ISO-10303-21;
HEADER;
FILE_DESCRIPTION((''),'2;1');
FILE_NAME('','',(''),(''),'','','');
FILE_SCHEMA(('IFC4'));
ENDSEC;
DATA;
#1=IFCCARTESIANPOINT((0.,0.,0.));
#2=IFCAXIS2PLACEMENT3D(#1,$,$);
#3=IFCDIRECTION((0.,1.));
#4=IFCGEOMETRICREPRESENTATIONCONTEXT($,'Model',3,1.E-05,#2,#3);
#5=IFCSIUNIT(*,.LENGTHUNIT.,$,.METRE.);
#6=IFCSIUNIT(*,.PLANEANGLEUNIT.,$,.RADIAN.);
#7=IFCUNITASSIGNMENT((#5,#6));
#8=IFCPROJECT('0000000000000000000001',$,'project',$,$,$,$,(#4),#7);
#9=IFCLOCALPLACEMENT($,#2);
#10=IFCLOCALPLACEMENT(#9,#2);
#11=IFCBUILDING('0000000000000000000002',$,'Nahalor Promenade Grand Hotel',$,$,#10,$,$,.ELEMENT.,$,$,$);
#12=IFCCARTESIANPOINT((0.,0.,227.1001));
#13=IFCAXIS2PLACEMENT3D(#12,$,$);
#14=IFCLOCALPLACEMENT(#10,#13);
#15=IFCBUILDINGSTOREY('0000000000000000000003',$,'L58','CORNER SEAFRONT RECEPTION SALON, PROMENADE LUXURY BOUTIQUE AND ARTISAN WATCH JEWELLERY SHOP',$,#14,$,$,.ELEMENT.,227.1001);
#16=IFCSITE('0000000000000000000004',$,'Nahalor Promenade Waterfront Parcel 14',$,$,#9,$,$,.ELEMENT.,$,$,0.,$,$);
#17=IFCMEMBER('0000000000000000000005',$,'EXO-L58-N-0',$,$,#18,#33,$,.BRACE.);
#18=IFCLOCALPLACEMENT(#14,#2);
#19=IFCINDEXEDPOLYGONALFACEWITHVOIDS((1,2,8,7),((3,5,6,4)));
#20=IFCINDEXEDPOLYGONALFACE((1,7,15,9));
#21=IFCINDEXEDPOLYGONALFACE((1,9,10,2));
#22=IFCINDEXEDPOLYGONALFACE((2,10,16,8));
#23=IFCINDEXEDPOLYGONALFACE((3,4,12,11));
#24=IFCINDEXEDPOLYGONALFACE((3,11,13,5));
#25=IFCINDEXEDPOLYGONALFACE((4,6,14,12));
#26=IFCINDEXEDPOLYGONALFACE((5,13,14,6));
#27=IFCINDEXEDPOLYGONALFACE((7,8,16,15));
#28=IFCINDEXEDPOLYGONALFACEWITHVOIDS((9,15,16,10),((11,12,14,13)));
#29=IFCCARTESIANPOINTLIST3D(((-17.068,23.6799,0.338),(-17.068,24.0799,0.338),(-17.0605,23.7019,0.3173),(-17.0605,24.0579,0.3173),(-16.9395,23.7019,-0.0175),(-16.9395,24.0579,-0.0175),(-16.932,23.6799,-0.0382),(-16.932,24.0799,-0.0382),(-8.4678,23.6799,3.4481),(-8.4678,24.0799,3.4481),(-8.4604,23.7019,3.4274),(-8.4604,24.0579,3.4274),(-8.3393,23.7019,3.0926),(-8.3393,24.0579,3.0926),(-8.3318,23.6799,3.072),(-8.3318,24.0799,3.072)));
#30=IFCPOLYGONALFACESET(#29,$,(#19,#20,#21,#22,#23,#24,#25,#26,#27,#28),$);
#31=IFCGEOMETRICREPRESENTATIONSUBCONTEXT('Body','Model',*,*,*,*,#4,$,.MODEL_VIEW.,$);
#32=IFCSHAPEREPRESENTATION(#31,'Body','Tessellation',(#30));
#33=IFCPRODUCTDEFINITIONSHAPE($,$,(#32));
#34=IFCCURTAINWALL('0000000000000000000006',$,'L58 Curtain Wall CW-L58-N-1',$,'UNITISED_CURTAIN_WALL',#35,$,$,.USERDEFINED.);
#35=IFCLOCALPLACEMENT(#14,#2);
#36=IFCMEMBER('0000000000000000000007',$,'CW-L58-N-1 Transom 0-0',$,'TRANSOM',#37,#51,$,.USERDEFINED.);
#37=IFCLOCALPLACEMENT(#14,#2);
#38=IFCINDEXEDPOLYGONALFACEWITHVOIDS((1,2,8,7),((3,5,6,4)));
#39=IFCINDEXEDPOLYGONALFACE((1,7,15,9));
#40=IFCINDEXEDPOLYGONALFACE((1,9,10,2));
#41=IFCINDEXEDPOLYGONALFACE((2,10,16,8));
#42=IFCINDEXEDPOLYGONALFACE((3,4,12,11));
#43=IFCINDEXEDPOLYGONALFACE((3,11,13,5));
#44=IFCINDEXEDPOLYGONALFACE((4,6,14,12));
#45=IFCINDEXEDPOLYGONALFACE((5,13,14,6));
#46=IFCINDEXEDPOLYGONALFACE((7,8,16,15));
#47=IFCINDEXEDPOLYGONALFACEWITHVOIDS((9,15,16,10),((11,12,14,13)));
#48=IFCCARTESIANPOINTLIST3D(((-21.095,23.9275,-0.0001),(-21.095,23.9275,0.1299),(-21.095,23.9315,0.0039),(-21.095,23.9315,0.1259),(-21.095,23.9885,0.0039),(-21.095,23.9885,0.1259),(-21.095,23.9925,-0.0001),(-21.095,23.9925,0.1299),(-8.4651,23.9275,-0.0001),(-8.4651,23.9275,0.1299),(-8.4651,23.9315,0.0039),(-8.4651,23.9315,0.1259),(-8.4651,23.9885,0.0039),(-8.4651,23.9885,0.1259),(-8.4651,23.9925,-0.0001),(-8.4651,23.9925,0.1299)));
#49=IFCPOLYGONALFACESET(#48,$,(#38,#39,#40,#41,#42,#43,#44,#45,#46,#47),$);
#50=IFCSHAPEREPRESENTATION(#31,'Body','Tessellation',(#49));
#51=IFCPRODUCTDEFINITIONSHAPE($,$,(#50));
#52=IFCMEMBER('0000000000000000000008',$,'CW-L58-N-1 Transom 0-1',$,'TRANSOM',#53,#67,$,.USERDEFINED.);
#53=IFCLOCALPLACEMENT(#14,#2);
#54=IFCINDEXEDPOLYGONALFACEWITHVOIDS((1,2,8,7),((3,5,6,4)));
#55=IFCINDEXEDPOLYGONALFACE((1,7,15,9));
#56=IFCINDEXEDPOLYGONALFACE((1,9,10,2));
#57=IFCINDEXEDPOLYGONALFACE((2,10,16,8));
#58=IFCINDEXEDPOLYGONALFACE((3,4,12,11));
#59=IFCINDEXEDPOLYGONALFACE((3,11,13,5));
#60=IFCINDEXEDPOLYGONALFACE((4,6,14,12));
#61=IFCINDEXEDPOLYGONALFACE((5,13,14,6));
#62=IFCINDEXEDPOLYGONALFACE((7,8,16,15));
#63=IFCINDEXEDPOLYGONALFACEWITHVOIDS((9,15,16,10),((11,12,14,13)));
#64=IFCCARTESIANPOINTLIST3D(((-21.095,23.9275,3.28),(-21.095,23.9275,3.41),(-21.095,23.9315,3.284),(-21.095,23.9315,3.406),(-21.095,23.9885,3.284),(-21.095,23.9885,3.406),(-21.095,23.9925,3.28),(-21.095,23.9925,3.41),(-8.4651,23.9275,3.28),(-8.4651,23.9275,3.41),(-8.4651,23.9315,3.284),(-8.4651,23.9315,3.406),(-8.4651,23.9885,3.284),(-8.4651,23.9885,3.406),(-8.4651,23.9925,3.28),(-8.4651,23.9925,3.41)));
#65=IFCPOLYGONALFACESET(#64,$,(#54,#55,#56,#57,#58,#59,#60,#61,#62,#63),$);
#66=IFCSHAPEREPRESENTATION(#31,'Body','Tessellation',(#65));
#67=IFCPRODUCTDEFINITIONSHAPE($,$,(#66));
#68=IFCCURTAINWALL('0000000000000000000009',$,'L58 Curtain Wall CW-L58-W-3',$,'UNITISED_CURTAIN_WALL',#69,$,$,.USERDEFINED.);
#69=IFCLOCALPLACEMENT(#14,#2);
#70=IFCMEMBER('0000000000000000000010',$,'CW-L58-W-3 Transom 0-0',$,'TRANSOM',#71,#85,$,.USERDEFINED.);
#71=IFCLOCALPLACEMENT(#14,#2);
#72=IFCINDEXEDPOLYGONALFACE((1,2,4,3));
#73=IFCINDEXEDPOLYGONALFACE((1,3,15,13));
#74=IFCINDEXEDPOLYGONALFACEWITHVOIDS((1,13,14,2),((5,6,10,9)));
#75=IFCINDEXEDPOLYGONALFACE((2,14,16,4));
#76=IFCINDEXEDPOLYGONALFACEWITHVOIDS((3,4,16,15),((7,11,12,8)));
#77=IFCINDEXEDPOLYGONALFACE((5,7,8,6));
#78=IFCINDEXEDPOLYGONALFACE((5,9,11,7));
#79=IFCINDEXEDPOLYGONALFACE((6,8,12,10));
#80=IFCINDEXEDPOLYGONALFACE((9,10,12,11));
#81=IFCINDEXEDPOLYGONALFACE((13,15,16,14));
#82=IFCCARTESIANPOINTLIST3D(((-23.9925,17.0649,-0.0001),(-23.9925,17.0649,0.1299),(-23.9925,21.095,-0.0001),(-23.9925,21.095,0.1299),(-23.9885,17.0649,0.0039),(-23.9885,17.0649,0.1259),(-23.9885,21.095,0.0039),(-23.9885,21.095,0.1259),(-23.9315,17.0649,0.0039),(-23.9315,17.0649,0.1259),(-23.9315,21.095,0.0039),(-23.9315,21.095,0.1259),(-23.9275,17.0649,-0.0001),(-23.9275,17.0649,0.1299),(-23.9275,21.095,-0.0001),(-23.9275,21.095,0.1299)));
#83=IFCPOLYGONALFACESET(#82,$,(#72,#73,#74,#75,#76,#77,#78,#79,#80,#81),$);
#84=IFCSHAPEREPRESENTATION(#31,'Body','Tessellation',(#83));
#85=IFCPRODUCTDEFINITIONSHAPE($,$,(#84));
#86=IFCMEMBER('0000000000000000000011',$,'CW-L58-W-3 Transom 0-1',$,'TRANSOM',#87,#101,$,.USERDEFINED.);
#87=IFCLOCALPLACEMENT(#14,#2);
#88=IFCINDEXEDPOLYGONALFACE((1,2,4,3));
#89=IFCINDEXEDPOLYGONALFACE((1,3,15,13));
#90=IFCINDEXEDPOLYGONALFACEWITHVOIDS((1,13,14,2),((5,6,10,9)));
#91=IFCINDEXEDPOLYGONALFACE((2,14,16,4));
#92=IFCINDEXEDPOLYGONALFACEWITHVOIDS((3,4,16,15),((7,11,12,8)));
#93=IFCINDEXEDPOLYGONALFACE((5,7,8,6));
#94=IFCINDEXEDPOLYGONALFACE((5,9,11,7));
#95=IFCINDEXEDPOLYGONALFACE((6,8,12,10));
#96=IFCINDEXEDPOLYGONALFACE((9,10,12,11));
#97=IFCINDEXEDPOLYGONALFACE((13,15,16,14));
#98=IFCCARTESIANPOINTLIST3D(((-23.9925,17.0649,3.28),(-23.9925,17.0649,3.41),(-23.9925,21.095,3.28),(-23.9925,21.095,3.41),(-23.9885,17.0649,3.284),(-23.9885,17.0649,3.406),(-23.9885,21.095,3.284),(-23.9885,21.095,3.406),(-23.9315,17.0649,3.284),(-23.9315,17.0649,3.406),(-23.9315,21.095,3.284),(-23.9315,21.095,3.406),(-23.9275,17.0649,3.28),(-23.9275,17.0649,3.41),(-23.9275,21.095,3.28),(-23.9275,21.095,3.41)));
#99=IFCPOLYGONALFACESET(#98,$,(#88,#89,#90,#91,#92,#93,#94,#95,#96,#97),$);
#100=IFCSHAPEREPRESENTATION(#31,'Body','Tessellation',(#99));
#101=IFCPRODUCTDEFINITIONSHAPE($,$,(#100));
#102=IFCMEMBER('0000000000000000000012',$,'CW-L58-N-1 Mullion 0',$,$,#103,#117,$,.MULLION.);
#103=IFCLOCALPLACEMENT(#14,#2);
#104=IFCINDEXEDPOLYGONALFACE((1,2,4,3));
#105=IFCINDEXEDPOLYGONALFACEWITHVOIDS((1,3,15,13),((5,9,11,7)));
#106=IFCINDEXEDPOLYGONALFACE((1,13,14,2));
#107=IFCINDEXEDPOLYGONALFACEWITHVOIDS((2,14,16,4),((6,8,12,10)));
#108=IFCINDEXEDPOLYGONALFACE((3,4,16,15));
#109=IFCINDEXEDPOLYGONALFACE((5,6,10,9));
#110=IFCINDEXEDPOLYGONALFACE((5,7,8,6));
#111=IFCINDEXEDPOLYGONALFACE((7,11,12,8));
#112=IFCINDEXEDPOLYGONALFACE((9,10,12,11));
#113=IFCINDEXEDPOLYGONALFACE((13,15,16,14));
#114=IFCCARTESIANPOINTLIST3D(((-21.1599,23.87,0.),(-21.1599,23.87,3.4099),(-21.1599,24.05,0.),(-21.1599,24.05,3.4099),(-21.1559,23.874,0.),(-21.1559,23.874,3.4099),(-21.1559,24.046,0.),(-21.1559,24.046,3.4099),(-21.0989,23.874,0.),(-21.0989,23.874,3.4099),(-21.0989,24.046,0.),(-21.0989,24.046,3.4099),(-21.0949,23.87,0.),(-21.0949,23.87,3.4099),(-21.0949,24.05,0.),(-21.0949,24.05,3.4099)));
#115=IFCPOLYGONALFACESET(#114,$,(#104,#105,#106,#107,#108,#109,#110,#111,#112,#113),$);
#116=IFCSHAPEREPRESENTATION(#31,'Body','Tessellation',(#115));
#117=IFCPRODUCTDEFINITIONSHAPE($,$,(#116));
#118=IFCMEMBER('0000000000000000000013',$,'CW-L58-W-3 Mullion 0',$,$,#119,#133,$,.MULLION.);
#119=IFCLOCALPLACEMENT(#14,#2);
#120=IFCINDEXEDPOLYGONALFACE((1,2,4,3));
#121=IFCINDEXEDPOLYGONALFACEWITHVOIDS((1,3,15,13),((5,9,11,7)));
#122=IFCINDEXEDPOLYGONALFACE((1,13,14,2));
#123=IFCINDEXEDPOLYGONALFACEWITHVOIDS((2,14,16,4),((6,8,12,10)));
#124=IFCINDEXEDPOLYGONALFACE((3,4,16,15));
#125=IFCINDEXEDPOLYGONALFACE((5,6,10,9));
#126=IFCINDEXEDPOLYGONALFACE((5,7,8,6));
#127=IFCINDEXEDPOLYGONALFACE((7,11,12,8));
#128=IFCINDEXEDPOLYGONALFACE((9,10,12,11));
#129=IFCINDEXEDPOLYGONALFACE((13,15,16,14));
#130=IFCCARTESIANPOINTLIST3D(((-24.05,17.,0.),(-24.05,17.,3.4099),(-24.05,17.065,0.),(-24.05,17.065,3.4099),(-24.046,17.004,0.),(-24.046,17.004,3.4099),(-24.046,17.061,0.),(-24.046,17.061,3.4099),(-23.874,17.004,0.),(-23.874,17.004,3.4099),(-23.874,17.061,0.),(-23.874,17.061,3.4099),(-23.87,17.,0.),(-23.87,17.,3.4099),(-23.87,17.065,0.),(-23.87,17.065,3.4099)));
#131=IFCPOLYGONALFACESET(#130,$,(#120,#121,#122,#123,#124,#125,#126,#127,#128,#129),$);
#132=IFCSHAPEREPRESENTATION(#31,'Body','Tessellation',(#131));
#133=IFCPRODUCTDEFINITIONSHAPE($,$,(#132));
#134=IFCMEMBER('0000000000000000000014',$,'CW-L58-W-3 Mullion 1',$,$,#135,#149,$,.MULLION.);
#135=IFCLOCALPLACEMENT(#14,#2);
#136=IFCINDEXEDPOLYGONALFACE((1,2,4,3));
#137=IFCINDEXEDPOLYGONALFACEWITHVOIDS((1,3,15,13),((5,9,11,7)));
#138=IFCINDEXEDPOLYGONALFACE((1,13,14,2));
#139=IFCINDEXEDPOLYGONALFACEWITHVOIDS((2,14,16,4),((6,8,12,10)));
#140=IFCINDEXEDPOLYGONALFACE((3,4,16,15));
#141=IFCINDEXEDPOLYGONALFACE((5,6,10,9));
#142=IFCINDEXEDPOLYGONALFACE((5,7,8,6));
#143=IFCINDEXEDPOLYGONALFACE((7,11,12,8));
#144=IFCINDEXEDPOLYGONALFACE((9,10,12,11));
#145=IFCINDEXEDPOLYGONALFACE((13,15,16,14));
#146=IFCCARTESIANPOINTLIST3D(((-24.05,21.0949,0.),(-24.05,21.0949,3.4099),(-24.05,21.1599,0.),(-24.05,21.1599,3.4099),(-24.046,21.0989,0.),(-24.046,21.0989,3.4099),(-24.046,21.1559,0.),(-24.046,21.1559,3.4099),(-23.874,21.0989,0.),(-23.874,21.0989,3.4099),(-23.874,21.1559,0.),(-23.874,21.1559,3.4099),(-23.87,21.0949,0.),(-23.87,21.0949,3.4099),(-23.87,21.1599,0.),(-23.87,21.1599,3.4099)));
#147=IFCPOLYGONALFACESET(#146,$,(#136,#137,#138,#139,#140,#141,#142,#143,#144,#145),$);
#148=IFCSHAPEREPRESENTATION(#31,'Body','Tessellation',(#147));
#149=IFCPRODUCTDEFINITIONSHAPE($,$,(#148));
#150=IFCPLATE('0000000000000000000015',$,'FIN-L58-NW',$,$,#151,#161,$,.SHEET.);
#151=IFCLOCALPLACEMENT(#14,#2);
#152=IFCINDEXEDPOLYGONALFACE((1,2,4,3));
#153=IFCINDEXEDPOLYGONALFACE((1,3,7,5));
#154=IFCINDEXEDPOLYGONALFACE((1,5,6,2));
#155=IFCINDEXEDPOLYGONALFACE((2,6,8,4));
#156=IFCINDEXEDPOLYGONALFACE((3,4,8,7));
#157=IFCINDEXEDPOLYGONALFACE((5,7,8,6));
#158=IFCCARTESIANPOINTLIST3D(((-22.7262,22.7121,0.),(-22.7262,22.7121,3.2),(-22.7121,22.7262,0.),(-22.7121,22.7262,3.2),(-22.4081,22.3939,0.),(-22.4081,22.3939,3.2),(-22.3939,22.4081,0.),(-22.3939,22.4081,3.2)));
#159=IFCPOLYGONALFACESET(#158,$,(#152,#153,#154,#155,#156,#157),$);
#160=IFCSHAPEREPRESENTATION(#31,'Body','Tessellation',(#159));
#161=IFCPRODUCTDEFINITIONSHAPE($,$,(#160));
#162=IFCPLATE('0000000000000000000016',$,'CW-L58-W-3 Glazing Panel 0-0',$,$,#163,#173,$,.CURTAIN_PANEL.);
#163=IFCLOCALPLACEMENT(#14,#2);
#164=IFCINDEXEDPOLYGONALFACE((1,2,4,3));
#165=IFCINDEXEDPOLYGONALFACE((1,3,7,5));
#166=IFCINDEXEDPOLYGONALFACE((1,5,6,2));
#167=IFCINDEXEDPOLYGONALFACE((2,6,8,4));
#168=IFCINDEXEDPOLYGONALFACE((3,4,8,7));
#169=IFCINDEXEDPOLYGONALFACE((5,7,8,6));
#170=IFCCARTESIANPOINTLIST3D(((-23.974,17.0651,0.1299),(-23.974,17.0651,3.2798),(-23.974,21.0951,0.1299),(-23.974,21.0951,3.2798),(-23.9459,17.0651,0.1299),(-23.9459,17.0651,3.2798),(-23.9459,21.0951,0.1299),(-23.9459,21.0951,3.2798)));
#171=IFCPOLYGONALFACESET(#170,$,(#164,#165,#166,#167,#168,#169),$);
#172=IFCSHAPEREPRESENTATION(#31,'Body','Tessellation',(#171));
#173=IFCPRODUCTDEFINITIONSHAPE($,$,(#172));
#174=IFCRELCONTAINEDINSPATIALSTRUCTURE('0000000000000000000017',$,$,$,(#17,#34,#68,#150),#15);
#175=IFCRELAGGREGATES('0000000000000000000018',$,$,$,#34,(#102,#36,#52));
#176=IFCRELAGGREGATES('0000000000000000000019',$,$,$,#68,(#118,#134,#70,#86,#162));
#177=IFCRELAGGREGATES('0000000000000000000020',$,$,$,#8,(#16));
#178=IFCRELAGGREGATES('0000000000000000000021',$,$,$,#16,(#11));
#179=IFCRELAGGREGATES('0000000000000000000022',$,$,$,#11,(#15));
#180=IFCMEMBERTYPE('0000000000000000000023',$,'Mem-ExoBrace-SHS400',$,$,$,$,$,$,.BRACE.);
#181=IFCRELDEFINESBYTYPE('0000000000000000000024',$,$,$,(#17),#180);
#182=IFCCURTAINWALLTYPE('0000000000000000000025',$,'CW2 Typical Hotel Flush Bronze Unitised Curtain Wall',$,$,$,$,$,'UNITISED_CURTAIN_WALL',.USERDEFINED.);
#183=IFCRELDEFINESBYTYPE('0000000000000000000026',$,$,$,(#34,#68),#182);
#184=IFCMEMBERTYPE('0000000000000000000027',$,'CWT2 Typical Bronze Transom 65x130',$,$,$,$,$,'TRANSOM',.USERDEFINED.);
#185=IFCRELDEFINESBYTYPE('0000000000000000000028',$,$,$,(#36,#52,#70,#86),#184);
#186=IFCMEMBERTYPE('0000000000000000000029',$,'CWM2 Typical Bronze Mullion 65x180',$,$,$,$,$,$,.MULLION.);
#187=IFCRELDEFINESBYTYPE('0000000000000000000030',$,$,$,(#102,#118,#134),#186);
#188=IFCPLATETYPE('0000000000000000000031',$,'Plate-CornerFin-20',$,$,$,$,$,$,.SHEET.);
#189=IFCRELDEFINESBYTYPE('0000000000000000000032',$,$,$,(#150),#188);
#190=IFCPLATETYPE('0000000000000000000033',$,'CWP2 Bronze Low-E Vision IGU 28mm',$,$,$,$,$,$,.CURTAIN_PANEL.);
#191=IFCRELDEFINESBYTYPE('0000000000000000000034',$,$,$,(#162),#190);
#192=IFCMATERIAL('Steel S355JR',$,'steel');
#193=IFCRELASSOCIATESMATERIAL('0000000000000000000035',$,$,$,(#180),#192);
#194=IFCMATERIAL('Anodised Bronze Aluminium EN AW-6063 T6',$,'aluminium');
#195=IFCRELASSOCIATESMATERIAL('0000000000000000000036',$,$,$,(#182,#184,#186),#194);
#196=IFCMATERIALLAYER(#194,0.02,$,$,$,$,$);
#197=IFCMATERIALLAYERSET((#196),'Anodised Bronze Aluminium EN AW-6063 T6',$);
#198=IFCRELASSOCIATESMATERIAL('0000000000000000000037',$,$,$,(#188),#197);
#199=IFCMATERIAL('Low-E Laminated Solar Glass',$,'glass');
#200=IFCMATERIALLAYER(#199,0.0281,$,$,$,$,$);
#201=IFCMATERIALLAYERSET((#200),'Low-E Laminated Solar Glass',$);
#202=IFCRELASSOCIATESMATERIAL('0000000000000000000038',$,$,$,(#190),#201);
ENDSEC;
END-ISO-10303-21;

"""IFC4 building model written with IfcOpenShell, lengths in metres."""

from ifc_helpers import new_model, si_unit, direction, frame, origin, origin_2d, place, context, subcontext, project, spatial, rectangle, hollow_rectangle, extrude, source, transform, mapped, material, layer, layer_set, material_profile, profile_set, type_object, element, aggregate, save


model = new_model("IFC4")

# Units and contexts
model_context = context("Model", 3, precision=1e-05, world=origin(), true_north=direction((0.0, 1.0)))
body_context = subcontext(model_context, "Body", "Model", "MODEL_VIEW")
ifc_project = project(units=[si_unit("LENGTHUNIT", "METRE"), si_unit("PLANEANGLEUNIT", "RADIAN")], contexts=[model_context])

# Site, building, storey
site_placement = place(None, origin())
site = spatial("IfcSite", under=ifc_project, at=site_placement, Name="Nahalor Promenade Waterfront Parcel 14", CompositionType="ELEMENT", RefElevation=0.0)
building_placement = place(site_placement, origin())
building = spatial("IfcBuilding", under=site, at=building_placement, Name="Nahalor Promenade Grand Hotel", CompositionType="ELEMENT")
storey_placement = place(building_placement, frame((0.0, 0.0, 227.1001)))
storey = spatial("IfcBuildingStorey", under=building, at=storey_placement, Name="L58", Description="CORNER SEAFRONT RECEPTION SALON, PROMENADE LUXURY BOUTIQUE AND ARTISAN WATCH JEWELLERY SHOP", CompositionType="ELEMENT", Elevation=227.1001)

# Shared definitions
ifc_material_1 = material(Name="Steel S355JR", Category="steel")

# Member
ifc_material_profile_1 = material_profile(ifc_material_1, hollow_rectangle(XDim=0.4, YDim=0.4, WallThickness=0.022, at=origin_2d()), Name="SHS 400x400x22")
ifc_profile_set_1 = profile_set([ifc_material_profile_1], Name="Steel S355JR")
member_type_1 = type_object("IfcMemberType", Name="Mem-ExoBrace-SHS400", PredefinedType="BRACE", material=ifc_profile_set_1)
shared_shape_1 = source(origin(), body_context, "Body", "SweptSolid", [
    extrude(hollow_rectangle(XDim=0.4, YDim=0.4, WallThickness=0.022, at=origin_2d()), origin(), (0.0, 0.0, 1.0), 9.1453),
])
member_1_placement = place(storey_placement, frame((-17.0, 23.8799, 0.1499), z_axis=(0.940396, 0.0, 0.340081), x_axis=(0.0, 1.0, 0.0)))
element("IfcMember", 1, at=member_1_placement, inside=storey, type_object=member_type_1, Name="EXO-L58-N-0", PredefinedType="BRACE", context=body_context, shape_type="MappedRepresentation", body=[
    mapped(shared_shape_1, transform((0.0, 0.0, 0.0), scale=1.0)),
])

# Curtain walls, members
ifc_material_2 = material(Name="Anodised Bronze Aluminium EN AW-6063 T6", Category="aluminium")
curtain_wall_type = type_object("IfcCurtainWallType", Name="CW2 Typical Hotel Flush Bronze Unitised Curtain Wall", ElementType="UNITISED_CURTAIN_WALL", PredefinedType="USERDEFINED", material=ifc_material_2)
curtain_wall_1_placement = place(storey_placement, origin())
curtain_wall_1 = element("IfcCurtainWall", 2, at=curtain_wall_1_placement, inside=storey, type_object=curtain_wall_type, Name="L58 Curtain Wall CW-L58-N-1", ObjectType="UNITISED_CURTAIN_WALL", PredefinedType="USERDEFINED")
ifc_material_profile_2 = material_profile(ifc_material_2, hollow_rectangle(XDim=0.065, YDim=0.13, WallThickness=0.004, at=origin_2d()), Name="CWT 65x130x4")
ifc_profile_set_2 = profile_set([ifc_material_profile_2], Name="Anodised Bronze Aluminium EN AW-6063 T6")
member_type_2 = type_object("IfcMemberType", Name="CWT2 Typical Bronze Transom 65x130", ElementType="TRANSOM", PredefinedType="USERDEFINED", material=ifc_profile_set_2)
shared_shape_2 = source(origin(), body_context, "Body", "SweptSolid", [
    extrude(hollow_rectangle(XDim=0.065, YDim=0.13, WallThickness=0.004, at=origin_2d()), origin(), (0.0, 0.0, 1.0), 12.6299),
])
member_2_placement = place(storey_placement, frame((-21.095, 23.96, 0.0649), z_axis=(1.0, 0.0, 0.0), x_axis=(0.0, 1.0, 0.0)))
member_2 = element("IfcMember", 3, at=member_2_placement, type_object=member_type_2, Name="CW-L58-N-1 Transom 0-0", ObjectType="TRANSOM", PredefinedType="USERDEFINED", context=body_context, shape_type="MappedRepresentation", body=[
    mapped(shared_shape_2, transform((0.0, 0.0, 0.0), scale=1.0)),
])
member_3_placement = place(storey_placement, frame((-21.095, 23.96, 3.345), z_axis=(1.0, 0.0, 0.0), x_axis=(0.0, 1.0, 0.0)))
member_3 = element("IfcMember", 4, at=member_3_placement, type_object=member_type_2, Name="CW-L58-N-1 Transom 0-1", ObjectType="TRANSOM", PredefinedType="USERDEFINED", context=body_context, shape_type="MappedRepresentation", body=[
    mapped(shared_shape_2, transform((0.0, 0.0, 0.0), scale=1.0)),
])
curtain_wall_2_placement = place(storey_placement, origin())
curtain_wall_2 = element("IfcCurtainWall", 5, at=curtain_wall_2_placement, inside=storey, type_object=curtain_wall_type, Name="L58 Curtain Wall CW-L58-W-3", ObjectType="UNITISED_CURTAIN_WALL", PredefinedType="USERDEFINED")
shared_shape_3 = source(origin(), body_context, "Body", "SweptSolid", [
    extrude(hollow_rectangle(XDim=0.065, YDim=0.13, WallThickness=0.004, at=origin_2d()), origin(), (0.0, 0.0, 1.0), 4.03),
])
member_4_placement = place(storey_placement, frame((-23.96, 17.0649, 0.0649), z_axis=(0.0, 1.0, 0.0), x_axis=(-1.0, 0.0, 0.0)))
member_4 = element("IfcMember", 6, at=member_4_placement, type_object=member_type_2, Name="CW-L58-W-3 Transom 0-0", ObjectType="TRANSOM", PredefinedType="USERDEFINED", context=body_context, shape_type="MappedRepresentation", body=[
    mapped(shared_shape_3, transform((0.0, 0.0, 0.0), scale=1.0)),
])
member_5_placement = place(storey_placement, frame((-23.96, 17.0649, 3.345), z_axis=(0.0, 1.0, 0.0), x_axis=(-1.0, 0.0, 0.0)))
member_5 = element("IfcMember", 7, at=member_5_placement, type_object=member_type_2, Name="CW-L58-W-3 Transom 0-1", ObjectType="TRANSOM", PredefinedType="USERDEFINED", context=body_context, shape_type="MappedRepresentation", body=[
    mapped(shared_shape_3, transform((0.0, 0.0, 0.0), scale=1.0)),
])

# Members
ifc_material_profile_3 = material_profile(ifc_material_2, hollow_rectangle(XDim=0.065, YDim=0.18, WallThickness=0.004, at=origin_2d()), Name="CWM 65x180x4")
ifc_profile_set_3 = profile_set([ifc_material_profile_3], Name="Anodised Bronze Aluminium EN AW-6063 T6")
member_type_3 = type_object("IfcMemberType", Name="CWM2 Typical Bronze Mullion 65x180", PredefinedType="MULLION", material=ifc_profile_set_3)
shared_shape_4 = source(origin(), body_context, "Body", "SweptSolid", [
    extrude(hollow_rectangle(XDim=0.065, YDim=0.18, WallThickness=0.004, at=origin_2d()), origin(), (0.0, 0.0, 1.0), 3.4099),
])
member_6_placement = place(storey_placement, frame((-21.1274, 23.96, 0.0), z_axis=(0.0, 0.0, 1.0), x_axis=(1.0, 0.0, 0.0)))
member_6 = element("IfcMember", 8, at=member_6_placement, type_object=member_type_3, Name="CW-L58-N-1 Mullion 0", PredefinedType="MULLION", context=body_context, shape_type="MappedRepresentation", body=[
    mapped(shared_shape_4, transform((0.0, 0.0, 0.0), scale=1.0)),
])
aggregate(curtain_wall_1, [member_6, member_2, member_3])
member_7_placement = place(storey_placement, frame((-23.96, 17.0325, 0.0), z_axis=(0.0, 0.0, 1.0), x_axis=(0.0, 1.0, 0.0)))
member_7 = element("IfcMember", 9, at=member_7_placement, type_object=member_type_3, Name="CW-L58-W-3 Mullion 0", PredefinedType="MULLION", context=body_context, shape_type="MappedRepresentation", body=[
    mapped(shared_shape_4, transform((0.0, 0.0, 0.0), scale=1.0)),
])
member_8_placement = place(storey_placement, frame((-23.96, 21.1274, 0.0), z_axis=(0.0, 0.0, 1.0), x_axis=(0.0, 1.0, 0.0)))
member_8 = element("IfcMember", 10, at=member_8_placement, type_object=member_type_3, Name="CW-L58-W-3 Mullion 1", PredefinedType="MULLION", context=body_context, shape_type="MappedRepresentation", body=[
    mapped(shared_shape_4, transform((0.0, 0.0, 0.0), scale=1.0)),
])

# Plates
ifc_layer_1 = layer(ifc_material_2, 0.02)
ifc_layer_set_1 = layer_set([ifc_layer_1], Name="Anodised Bronze Aluminium EN AW-6063 T6")
plate_type_1 = type_object("IfcPlateType", Name="Plate-CornerFin-20", PredefinedType="SHEET", material=ifc_layer_set_1)
shared_shape_5 = source(origin(), body_context, "Body", "SweptSolid", [
    extrude(rectangle(XDim=0.45, YDim=0.02, at=origin_2d()), origin(), (0.0, 0.0, 1.0), 3.2),
])
plate_1_placement = place(storey_placement, frame((-22.5601, 22.5601, 0.0), z_axis=(0.0, 0.0, 1.0), x_axis=(-0.707107, 0.707107, 0.0)))
element("IfcPlate", 11, at=plate_1_placement, inside=storey, type_object=plate_type_1, Name="FIN-L58-NW", PredefinedType="SHEET", context=body_context, shape_type="MappedRepresentation", body=[
    mapped(shared_shape_5, transform((0.0, 0.0, 0.0), scale=1.0)),
])
ifc_material_3 = material(Name="Low-E Laminated Solar Glass", Category="glass")
ifc_layer_2 = layer(ifc_material_3, 0.0281)
ifc_layer_set_2 = layer_set([ifc_layer_2], Name="Low-E Laminated Solar Glass")
plate_type_2 = type_object("IfcPlateType", Name="CWP2 Bronze Low-E Vision IGU 28mm", PredefinedType="CURTAIN_PANEL", material=ifc_layer_set_2)
shared_shape_6 = source(origin(), body_context, "Body", "SweptSolid", [
    extrude(rectangle(XDim=4.03, YDim=0.0281, at=origin_2d()), origin(), (0.0, 0.0, 1.0), 3.1499),
])
plate_2_placement = place(storey_placement, frame((-23.96, 19.0801, 0.1299), z_axis=(0.0, 0.0, 1.0), x_axis=(0.0, 1.0, 0.0)))
plate_2 = element("IfcPlate", 12, at=plate_2_placement, type_object=plate_type_2, Name="CW-L58-W-3 Glazing Panel 0-0", PredefinedType="CURTAIN_PANEL", context=body_context, shape_type="MappedRepresentation", body=[
    mapped(shared_shape_6, transform((0.0, 0.0, 0.0), scale=1.0)),
])
aggregate(curtain_wall_2, [member_7, member_8, member_4, member_5, plate_2])

save(model, "model.ifc")
